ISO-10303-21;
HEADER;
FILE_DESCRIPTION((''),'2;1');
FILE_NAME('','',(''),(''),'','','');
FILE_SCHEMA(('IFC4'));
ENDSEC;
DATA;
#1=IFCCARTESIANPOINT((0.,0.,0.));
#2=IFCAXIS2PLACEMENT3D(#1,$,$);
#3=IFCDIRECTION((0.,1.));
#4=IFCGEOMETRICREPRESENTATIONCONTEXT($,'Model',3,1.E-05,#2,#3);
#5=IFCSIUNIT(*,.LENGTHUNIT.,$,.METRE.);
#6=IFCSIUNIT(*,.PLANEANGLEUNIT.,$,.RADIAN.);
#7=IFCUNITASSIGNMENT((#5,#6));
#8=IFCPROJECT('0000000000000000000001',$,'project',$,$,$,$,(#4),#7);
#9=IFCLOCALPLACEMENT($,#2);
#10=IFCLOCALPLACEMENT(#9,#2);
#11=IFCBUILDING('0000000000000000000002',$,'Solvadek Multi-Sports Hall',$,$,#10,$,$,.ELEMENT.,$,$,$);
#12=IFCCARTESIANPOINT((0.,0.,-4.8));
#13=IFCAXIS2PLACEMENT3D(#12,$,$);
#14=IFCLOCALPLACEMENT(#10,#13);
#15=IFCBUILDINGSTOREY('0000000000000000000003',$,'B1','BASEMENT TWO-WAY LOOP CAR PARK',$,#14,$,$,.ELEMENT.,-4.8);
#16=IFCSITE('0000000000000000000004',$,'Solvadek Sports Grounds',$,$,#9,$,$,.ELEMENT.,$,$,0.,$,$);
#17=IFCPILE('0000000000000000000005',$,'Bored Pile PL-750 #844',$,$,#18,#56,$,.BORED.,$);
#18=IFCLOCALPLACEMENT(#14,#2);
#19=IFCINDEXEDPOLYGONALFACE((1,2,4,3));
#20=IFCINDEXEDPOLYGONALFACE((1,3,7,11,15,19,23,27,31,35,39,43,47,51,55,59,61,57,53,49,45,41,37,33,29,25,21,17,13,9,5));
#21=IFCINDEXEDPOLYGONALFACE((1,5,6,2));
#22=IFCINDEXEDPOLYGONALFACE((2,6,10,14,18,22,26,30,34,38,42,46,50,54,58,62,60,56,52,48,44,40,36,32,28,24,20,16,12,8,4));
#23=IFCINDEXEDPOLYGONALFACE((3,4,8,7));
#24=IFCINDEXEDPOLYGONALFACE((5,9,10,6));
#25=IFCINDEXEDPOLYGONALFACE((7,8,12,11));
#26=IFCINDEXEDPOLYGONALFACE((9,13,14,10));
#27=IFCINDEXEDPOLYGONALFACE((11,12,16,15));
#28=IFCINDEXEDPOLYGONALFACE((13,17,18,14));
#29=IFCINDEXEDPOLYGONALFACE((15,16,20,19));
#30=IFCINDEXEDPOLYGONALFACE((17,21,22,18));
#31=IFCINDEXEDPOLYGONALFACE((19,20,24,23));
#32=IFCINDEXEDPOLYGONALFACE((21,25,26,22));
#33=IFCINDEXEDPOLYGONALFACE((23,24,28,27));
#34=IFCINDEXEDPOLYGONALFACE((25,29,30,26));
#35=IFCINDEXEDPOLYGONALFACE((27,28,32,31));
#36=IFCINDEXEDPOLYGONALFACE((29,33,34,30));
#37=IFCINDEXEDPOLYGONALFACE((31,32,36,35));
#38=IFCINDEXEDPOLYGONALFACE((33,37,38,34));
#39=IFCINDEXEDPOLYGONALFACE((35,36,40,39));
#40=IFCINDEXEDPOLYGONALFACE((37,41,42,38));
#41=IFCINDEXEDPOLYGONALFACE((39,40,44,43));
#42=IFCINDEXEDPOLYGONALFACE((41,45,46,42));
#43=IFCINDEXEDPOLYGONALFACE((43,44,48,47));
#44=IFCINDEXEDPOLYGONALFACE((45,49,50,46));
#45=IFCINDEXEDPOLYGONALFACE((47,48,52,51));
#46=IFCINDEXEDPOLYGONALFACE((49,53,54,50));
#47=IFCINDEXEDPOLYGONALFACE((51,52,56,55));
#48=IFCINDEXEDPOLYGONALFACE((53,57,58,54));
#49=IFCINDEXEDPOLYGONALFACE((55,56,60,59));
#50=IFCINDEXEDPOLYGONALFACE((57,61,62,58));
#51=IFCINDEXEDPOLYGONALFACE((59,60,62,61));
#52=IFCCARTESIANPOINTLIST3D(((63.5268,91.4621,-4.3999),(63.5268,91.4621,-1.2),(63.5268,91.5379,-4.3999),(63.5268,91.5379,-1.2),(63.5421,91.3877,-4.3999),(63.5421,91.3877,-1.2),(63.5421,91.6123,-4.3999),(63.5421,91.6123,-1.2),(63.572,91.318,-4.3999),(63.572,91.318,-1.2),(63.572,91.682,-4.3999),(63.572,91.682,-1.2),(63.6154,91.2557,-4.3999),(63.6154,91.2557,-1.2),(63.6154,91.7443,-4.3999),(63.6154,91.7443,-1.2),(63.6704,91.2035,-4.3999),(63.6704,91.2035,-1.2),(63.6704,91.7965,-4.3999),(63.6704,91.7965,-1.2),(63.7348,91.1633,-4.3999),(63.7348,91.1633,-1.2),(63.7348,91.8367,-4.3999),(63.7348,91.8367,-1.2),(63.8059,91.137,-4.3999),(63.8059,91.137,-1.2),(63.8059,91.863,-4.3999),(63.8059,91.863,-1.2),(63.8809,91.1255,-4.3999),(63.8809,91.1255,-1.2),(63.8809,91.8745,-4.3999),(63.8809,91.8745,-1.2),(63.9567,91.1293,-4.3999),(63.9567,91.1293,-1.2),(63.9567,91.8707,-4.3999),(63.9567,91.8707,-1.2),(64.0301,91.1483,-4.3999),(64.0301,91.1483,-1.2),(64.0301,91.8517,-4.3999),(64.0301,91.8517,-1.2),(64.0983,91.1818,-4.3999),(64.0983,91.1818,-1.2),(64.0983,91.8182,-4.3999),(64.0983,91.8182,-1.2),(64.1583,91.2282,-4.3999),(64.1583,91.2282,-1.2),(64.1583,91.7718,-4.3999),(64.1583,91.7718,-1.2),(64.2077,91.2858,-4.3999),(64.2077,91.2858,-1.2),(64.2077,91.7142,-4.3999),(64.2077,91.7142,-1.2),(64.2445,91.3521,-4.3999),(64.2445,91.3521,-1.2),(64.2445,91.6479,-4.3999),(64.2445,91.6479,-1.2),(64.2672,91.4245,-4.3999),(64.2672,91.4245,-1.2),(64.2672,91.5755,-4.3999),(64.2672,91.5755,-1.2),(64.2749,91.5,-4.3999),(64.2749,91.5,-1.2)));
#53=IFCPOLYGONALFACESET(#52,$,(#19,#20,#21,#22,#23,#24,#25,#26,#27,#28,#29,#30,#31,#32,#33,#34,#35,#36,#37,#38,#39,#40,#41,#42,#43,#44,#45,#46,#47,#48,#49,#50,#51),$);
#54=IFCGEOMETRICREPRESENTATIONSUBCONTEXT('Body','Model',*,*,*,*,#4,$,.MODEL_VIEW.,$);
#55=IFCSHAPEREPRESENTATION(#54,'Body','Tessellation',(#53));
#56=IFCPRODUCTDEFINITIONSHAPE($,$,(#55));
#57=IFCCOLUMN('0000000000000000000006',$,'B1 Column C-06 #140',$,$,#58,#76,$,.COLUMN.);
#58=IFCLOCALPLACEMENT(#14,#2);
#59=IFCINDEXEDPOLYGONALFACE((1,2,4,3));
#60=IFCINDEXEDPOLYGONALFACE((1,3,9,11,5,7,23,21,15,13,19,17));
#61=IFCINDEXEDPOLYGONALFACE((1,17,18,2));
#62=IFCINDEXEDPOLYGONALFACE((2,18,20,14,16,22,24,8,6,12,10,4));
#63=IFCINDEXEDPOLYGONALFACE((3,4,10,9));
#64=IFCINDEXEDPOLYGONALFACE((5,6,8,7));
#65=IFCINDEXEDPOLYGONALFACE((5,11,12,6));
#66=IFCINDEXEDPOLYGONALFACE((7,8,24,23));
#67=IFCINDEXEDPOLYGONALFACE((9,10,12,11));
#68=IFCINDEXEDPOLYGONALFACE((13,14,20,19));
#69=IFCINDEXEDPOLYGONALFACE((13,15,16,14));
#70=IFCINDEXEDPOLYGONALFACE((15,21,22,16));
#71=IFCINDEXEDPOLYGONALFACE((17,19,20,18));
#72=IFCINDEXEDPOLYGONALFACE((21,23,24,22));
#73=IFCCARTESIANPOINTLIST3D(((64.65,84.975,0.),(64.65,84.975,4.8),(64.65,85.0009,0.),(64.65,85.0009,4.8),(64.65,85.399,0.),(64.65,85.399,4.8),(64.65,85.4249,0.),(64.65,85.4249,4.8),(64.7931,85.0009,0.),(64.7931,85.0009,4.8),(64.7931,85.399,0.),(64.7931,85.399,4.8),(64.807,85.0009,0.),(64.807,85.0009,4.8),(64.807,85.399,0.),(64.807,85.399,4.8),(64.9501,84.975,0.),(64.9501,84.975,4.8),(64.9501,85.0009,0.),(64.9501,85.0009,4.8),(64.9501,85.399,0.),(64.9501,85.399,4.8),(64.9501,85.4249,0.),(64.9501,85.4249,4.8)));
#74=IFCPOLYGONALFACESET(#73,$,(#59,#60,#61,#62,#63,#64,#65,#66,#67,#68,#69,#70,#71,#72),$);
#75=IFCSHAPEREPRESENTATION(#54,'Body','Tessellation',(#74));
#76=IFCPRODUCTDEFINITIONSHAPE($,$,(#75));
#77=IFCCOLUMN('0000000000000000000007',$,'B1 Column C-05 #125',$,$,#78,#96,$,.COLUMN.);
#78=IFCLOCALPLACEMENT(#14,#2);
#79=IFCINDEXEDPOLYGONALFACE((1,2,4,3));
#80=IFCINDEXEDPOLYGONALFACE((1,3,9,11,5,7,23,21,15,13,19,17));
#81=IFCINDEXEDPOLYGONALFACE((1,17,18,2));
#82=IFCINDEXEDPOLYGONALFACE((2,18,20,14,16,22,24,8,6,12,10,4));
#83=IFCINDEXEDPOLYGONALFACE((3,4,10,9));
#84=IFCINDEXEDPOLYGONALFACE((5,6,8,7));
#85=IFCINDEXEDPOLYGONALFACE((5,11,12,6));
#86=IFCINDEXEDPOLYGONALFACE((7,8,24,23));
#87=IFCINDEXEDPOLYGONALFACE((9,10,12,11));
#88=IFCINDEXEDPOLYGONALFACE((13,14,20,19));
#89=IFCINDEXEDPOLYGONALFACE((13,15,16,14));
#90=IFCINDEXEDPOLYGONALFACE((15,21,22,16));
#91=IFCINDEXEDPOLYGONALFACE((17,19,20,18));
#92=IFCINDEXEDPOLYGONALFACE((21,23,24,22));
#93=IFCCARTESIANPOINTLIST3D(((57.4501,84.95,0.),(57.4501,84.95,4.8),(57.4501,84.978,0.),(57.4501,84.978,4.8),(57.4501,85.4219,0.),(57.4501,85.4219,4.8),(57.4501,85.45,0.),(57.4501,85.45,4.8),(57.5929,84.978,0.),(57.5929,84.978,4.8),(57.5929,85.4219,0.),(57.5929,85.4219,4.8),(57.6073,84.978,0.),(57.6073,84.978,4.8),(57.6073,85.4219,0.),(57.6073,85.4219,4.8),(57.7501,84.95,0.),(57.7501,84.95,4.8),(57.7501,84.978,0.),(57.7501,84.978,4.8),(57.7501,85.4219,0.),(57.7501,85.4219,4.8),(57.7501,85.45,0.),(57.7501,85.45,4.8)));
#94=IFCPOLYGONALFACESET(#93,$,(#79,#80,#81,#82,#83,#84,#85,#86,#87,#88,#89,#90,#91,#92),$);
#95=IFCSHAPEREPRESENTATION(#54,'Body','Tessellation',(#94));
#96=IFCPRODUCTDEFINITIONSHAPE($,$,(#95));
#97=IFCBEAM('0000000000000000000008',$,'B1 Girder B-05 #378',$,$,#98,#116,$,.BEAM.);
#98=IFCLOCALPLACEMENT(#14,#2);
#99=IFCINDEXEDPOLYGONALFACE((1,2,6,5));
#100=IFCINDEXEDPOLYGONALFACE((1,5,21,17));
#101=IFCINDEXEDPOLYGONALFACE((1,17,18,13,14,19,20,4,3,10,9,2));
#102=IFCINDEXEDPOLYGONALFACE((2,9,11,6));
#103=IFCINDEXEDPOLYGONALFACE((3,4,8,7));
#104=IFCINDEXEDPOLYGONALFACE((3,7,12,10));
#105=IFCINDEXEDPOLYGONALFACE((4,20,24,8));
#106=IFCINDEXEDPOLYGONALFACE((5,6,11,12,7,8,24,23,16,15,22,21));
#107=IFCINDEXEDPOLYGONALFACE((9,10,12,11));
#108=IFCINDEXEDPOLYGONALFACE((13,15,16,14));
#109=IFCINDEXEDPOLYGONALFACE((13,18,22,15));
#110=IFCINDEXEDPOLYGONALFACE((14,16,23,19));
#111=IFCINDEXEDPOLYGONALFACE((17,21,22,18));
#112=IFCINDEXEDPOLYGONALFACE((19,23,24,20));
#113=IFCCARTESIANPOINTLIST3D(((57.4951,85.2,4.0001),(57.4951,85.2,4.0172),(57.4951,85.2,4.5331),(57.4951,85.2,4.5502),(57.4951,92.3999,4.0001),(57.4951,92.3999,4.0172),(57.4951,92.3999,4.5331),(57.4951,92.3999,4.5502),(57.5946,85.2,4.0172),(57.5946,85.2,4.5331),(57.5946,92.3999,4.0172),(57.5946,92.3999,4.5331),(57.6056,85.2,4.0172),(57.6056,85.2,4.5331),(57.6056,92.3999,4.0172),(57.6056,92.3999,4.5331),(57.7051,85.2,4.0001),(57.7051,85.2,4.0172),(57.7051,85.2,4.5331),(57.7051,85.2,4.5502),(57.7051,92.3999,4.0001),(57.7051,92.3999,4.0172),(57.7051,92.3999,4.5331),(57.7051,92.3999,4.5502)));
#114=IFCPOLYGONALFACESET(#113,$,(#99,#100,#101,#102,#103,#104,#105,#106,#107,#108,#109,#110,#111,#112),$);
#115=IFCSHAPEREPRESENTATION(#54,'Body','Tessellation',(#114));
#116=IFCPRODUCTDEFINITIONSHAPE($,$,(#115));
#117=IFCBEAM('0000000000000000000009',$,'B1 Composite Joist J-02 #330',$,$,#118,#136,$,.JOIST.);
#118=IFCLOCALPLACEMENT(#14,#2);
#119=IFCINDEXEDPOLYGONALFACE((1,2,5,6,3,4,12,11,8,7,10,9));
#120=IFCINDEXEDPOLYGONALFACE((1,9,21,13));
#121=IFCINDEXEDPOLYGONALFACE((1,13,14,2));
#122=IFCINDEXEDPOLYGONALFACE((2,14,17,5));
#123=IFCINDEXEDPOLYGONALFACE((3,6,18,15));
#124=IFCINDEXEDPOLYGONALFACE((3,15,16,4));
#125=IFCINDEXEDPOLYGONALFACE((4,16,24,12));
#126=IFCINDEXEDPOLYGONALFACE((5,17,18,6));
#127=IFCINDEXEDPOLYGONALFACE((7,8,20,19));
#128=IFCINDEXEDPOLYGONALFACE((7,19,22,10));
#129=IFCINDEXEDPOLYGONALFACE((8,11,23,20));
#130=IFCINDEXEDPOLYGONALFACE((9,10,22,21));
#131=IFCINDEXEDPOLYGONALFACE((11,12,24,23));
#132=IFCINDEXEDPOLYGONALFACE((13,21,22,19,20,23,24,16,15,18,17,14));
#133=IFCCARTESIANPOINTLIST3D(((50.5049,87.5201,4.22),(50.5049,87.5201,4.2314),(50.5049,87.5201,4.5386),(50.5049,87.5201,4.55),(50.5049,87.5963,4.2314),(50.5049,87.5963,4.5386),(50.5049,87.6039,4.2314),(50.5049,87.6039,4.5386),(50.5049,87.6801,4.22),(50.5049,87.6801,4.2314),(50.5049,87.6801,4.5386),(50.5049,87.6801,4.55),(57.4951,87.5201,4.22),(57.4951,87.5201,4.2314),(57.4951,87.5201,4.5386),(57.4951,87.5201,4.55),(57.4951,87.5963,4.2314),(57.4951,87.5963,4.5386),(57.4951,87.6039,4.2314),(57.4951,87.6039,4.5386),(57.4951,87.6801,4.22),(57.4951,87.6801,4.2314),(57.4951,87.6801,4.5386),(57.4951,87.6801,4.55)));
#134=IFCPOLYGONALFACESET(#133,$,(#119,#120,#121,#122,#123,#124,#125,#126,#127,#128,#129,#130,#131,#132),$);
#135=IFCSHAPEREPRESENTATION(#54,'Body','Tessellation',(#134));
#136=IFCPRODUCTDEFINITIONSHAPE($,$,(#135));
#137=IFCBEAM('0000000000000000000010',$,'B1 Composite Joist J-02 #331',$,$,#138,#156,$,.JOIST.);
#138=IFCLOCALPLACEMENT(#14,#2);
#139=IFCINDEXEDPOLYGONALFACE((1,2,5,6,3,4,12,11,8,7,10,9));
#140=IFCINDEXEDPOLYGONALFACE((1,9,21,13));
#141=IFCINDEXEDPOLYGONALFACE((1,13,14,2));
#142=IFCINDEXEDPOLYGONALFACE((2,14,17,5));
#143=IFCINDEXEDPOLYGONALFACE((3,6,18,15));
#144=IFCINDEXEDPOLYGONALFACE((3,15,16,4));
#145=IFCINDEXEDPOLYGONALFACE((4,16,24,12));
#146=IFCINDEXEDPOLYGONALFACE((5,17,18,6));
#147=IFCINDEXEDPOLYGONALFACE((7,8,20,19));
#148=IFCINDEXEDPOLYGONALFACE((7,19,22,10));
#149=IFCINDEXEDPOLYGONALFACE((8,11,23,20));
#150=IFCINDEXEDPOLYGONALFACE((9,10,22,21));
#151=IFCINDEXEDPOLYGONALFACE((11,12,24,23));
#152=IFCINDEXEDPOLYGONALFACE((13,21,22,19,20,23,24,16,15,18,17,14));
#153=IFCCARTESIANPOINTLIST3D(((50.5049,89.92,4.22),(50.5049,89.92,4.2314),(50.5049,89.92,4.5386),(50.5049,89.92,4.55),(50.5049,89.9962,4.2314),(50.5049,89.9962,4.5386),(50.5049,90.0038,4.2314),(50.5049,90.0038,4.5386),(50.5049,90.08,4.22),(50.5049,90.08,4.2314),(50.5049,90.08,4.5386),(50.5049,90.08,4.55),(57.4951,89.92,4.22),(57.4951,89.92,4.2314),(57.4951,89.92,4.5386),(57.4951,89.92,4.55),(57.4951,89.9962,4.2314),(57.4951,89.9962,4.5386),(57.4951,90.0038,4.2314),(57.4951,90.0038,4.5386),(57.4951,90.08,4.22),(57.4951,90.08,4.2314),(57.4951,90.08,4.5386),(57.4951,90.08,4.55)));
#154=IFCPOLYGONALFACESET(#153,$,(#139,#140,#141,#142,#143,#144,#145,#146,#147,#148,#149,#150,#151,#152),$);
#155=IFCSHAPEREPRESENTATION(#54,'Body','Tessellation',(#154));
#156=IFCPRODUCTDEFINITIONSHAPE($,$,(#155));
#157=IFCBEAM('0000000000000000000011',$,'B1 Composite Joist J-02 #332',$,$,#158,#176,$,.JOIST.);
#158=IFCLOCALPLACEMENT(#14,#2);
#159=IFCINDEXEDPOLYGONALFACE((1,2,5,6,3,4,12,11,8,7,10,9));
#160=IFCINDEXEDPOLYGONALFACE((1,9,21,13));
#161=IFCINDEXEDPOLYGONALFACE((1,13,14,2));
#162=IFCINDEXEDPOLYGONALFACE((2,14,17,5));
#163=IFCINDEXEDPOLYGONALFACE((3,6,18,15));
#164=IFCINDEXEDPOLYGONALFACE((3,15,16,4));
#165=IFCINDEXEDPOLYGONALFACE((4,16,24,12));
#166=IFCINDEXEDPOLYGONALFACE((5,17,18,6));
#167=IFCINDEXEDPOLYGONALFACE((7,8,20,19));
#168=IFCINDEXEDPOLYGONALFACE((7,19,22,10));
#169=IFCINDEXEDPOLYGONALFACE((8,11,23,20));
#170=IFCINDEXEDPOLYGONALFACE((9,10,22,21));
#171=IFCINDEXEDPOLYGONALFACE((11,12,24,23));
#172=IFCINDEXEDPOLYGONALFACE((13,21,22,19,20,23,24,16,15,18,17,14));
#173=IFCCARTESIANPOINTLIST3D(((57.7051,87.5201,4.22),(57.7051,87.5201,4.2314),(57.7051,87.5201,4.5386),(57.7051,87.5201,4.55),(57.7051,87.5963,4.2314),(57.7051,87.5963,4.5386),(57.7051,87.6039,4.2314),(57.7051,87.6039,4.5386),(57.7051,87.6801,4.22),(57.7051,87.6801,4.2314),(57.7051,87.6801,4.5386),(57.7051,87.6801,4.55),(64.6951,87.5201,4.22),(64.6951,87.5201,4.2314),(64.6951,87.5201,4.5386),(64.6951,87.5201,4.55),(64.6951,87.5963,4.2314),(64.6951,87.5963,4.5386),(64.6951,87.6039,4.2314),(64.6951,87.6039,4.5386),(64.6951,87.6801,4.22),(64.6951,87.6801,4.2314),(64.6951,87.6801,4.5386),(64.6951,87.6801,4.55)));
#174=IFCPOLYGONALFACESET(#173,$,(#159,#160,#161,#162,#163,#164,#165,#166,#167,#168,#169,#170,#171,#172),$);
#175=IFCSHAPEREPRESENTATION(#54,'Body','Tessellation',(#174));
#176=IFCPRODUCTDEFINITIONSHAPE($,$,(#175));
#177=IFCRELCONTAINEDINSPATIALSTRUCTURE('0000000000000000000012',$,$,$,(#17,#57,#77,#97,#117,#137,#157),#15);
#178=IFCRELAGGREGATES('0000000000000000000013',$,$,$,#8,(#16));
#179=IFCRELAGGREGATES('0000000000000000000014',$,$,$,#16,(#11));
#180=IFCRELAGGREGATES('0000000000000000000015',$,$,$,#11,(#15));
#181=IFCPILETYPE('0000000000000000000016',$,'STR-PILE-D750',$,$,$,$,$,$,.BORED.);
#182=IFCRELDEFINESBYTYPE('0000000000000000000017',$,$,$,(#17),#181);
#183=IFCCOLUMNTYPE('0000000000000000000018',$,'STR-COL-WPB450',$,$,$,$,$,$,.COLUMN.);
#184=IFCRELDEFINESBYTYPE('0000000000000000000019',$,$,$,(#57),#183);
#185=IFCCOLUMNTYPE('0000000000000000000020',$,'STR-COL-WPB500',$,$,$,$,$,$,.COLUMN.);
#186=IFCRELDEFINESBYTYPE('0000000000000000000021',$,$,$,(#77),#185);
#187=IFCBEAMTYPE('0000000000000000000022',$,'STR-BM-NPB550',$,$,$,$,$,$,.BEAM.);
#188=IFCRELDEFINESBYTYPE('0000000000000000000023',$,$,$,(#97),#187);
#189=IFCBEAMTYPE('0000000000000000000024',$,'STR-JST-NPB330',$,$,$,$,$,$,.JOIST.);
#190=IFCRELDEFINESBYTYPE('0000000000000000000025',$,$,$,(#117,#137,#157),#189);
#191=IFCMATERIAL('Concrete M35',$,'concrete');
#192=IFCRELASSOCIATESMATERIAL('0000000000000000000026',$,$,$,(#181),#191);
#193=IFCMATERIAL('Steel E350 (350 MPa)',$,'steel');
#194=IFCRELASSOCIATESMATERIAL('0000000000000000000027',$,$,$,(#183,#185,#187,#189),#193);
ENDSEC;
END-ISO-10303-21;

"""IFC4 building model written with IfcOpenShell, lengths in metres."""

from ifc_helpers import new_model, si_unit, direction, frame, origin, origin_2d, place, context, subcontext, project, spatial, circle, i_section, extrude, material, material_profile, profile_set, type_object, element, save


model = new_model("IFC4")

# Units and contexts
model_context = context("Model", 3, precision=1e-05, world=origin(), true_north=direction((0.0, 1.0)))
body_context = subcontext(model_context, "Body", "Model", "MODEL_VIEW")
ifc_project = project(units=[si_unit("LENGTHUNIT", "METRE"), si_unit("PLANEANGLEUNIT", "RADIAN")], contexts=[model_context])

# Site, building, storey
site_placement = place(None, origin())
site = spatial("IfcSite", under=ifc_project, at=site_placement, Name="Solvadek Sports Grounds", CompositionType="ELEMENT", RefElevation=0.0)
building_placement = place(site_placement, origin())
building = spatial("IfcBuilding", under=site, at=building_placement, Name="Solvadek Multi-Sports Hall", CompositionType="ELEMENT")
storey_placement = place(building_placement, frame((0.0, 0.0, -4.8)))
storey = spatial("IfcBuildingStorey", under=building, at=storey_placement, Name="B1", Description="BASEMENT TWO-WAY LOOP CAR PARK", CompositionType="ELEMENT", Elevation=-4.8)

# Pile
ifc_material_1 = material(Name="Concrete M35", Category="concrete")
ifc_material_profile_1 = material_profile(ifc_material_1, circle(Radius=0.375, at=origin_2d()), Name="BORED PILE D750")
ifc_profile_set_1 = profile_set([ifc_material_profile_1], Name="Concrete M35")
pile_type_1 = type_object("IfcPileType", Name="STR-PILE-D750", PredefinedType="BORED", material=ifc_profile_set_1)
pile_1_placement = place(storey_placement, frame((63.8999, 91.5, -1.2), z_axis=(0.0, 0.0, -1.0), x_axis=(1.0, 0.0, 0.0)))
element("IfcPile", 1, at=pile_1_placement, inside=storey, type_object=pile_type_1, Name="Bored Pile PL-750 #844", PredefinedType="BORED", context=body_context, shape_type="SweptSolid", body=[
    extrude(circle(Radius=0.375, at=origin_2d()), origin(), (0.0, 0.0, 1.0), 3.2),
])

# Columns
ifc_material_2 = material(Name="Steel E350 (350 MPa)", Category="steel")
ifc_material_profile_2 = material_profile(ifc_material_2, i_section(OverallWidth=0.3, OverallDepth=0.45, WebThickness=0.0139, FlangeThickness=0.0259, at=origin_2d()), Name="WPB 450")
ifc_profile_set_2 = profile_set([ifc_material_profile_2], Name="Steel E350 (350 MPa)")
column_type_1 = type_object("IfcColumnType", Name="STR-COL-WPB450", PredefinedType="COLUMN", material=ifc_profile_set_2)
column_1_placement = place(storey_placement, frame((64.8, 85.2, 0.0), z_axis=(0.0, 0.0, 1.0), x_axis=(1.0, 0.0, 0.0)))
element("IfcColumn", 2, at=column_1_placement, inside=storey, type_object=column_type_1, Name="B1 Column C-06 #140", PredefinedType="COLUMN", context=body_context, shape_type="SweptSolid", body=[
    extrude(i_section(OverallWidth=0.3, OverallDepth=0.45, WebThickness=0.0139, FlangeThickness=0.0259, at=origin_2d()), origin(), (0.0, 0.0, 1.0), 4.8),
])
ifc_material_profile_3 = material_profile(ifc_material_2, i_section(OverallWidth=0.3, OverallDepth=0.5, WebThickness=0.0144, FlangeThickness=0.0281, at=origin_2d()), Name="WPB 500")
ifc_profile_set_3 = profile_set([ifc_material_profile_3], Name="Steel E350 (350 MPa)")
column_type_2 = type_object("IfcColumnType", Name="STR-COL-WPB500", PredefinedType="COLUMN", material=ifc_profile_set_3)
column_2_placement = place(storey_placement, frame((57.6001, 85.2, 0.0), z_axis=(0.0, 0.0, 1.0), x_axis=(1.0, 0.0, 0.0)))
element("IfcColumn", 3, at=column_2_placement, inside=storey, type_object=column_type_2, Name="B1 Column C-05 #125", PredefinedType="COLUMN", context=body_context, shape_type="SweptSolid", body=[
    extrude(i_section(OverallWidth=0.3, OverallDepth=0.5, WebThickness=0.0144, FlangeThickness=0.0281, at=origin_2d()), origin(), (0.0, 0.0, 1.0), 4.8),
])

# Beams
ifc_material_profile_4 = material_profile(ifc_material_2, i_section(OverallWidth=0.21, OverallDepth=0.55, WebThickness=0.011, FlangeThickness=0.0171, at=origin_2d()), Name="NPB 550")
ifc_profile_set_4 = profile_set([ifc_material_profile_4], Name="Steel E350 (350 MPa)")
beam_type_1 = type_object("IfcBeamType", Name="STR-BM-NPB550", PredefinedType="BEAM", material=ifc_profile_set_4)
beam_placement = place(storey_placement, frame((57.6001, 85.2, 4.2751), z_axis=(0.0, 1.0, 0.0), x_axis=(-1.0, 0.0, 0.0)))
element("IfcBeam", 4, at=beam_placement, inside=storey, type_object=beam_type_1, Name="B1 Girder B-05 #378", PredefinedType="BEAM", context=body_context, shape_type="SweptSolid", body=[
    extrude(i_section(OverallWidth=0.21, OverallDepth=0.55, WebThickness=0.011, FlangeThickness=0.0171, at=origin_2d()), origin(), (0.0, 0.0, 1.0), 7.2),
])
ifc_material_profile_5 = material_profile(ifc_material_2, i_section(OverallWidth=0.1599, OverallDepth=0.3301, WebThickness=0.0076, FlangeThickness=0.0115, at=origin_2d()), Name="NPB 330")
ifc_profile_set_5 = profile_set([ifc_material_profile_5], Name="Steel E350 (350 MPa)")
beam_type_2 = type_object("IfcBeamType", Name="STR-JST-NPB330", PredefinedType="JOIST", material=ifc_profile_set_5)
for number, where, z_axis, x_axis, name in (
    (5, (50.5049, 87.6001, 4.385), (1.0, 0.0, 0.0), (0.0, 1.0, 0.0), "B1 Composite Joist J-02 #330"),
    (6, (50.5049, 90.0, 4.385), (1.0, 0.0, 0.0), (0.0, 1.0, 0.0), "B1 Composite Joist J-02 #331"),
):
    element("IfcBeam", number, at=place(storey_placement, frame(where, z_axis=z_axis, x_axis=x_axis)), inside=storey, type_object=beam_type_2, Name=name, PredefinedType="JOIST", context=body_context, shape_type="SweptSolid", body=[
        extrude(i_section(OverallWidth=0.1599, OverallDepth=0.3301, WebThickness=0.0076, FlangeThickness=0.0115, at=origin_2d()), origin(), (0.0, 0.0, 1.0), 6.9902),
    ])
for number, where, z_axis, x_axis, name in (
    (7, (57.7051, 87.6001, 4.385), (1.0, 0.0, 0.0), (0.0, 1.0, 0.0), "B1 Composite Joist J-02 #332"),
):
    element("IfcBeam", number, at=place(storey_placement, frame(where, z_axis=z_axis, x_axis=x_axis)), inside=storey, type_object=beam_type_2, Name=name, PredefinedType="JOIST", context=body_context, shape_type="SweptSolid", body=[
        extrude(i_section(OverallWidth=0.1599, OverallDepth=0.3301, WebThickness=0.0076, FlangeThickness=0.0115, at=origin_2d()), origin(), (0.0, 0.0, 1.0), 6.99),
    ])

save(model, "model.ifc")
